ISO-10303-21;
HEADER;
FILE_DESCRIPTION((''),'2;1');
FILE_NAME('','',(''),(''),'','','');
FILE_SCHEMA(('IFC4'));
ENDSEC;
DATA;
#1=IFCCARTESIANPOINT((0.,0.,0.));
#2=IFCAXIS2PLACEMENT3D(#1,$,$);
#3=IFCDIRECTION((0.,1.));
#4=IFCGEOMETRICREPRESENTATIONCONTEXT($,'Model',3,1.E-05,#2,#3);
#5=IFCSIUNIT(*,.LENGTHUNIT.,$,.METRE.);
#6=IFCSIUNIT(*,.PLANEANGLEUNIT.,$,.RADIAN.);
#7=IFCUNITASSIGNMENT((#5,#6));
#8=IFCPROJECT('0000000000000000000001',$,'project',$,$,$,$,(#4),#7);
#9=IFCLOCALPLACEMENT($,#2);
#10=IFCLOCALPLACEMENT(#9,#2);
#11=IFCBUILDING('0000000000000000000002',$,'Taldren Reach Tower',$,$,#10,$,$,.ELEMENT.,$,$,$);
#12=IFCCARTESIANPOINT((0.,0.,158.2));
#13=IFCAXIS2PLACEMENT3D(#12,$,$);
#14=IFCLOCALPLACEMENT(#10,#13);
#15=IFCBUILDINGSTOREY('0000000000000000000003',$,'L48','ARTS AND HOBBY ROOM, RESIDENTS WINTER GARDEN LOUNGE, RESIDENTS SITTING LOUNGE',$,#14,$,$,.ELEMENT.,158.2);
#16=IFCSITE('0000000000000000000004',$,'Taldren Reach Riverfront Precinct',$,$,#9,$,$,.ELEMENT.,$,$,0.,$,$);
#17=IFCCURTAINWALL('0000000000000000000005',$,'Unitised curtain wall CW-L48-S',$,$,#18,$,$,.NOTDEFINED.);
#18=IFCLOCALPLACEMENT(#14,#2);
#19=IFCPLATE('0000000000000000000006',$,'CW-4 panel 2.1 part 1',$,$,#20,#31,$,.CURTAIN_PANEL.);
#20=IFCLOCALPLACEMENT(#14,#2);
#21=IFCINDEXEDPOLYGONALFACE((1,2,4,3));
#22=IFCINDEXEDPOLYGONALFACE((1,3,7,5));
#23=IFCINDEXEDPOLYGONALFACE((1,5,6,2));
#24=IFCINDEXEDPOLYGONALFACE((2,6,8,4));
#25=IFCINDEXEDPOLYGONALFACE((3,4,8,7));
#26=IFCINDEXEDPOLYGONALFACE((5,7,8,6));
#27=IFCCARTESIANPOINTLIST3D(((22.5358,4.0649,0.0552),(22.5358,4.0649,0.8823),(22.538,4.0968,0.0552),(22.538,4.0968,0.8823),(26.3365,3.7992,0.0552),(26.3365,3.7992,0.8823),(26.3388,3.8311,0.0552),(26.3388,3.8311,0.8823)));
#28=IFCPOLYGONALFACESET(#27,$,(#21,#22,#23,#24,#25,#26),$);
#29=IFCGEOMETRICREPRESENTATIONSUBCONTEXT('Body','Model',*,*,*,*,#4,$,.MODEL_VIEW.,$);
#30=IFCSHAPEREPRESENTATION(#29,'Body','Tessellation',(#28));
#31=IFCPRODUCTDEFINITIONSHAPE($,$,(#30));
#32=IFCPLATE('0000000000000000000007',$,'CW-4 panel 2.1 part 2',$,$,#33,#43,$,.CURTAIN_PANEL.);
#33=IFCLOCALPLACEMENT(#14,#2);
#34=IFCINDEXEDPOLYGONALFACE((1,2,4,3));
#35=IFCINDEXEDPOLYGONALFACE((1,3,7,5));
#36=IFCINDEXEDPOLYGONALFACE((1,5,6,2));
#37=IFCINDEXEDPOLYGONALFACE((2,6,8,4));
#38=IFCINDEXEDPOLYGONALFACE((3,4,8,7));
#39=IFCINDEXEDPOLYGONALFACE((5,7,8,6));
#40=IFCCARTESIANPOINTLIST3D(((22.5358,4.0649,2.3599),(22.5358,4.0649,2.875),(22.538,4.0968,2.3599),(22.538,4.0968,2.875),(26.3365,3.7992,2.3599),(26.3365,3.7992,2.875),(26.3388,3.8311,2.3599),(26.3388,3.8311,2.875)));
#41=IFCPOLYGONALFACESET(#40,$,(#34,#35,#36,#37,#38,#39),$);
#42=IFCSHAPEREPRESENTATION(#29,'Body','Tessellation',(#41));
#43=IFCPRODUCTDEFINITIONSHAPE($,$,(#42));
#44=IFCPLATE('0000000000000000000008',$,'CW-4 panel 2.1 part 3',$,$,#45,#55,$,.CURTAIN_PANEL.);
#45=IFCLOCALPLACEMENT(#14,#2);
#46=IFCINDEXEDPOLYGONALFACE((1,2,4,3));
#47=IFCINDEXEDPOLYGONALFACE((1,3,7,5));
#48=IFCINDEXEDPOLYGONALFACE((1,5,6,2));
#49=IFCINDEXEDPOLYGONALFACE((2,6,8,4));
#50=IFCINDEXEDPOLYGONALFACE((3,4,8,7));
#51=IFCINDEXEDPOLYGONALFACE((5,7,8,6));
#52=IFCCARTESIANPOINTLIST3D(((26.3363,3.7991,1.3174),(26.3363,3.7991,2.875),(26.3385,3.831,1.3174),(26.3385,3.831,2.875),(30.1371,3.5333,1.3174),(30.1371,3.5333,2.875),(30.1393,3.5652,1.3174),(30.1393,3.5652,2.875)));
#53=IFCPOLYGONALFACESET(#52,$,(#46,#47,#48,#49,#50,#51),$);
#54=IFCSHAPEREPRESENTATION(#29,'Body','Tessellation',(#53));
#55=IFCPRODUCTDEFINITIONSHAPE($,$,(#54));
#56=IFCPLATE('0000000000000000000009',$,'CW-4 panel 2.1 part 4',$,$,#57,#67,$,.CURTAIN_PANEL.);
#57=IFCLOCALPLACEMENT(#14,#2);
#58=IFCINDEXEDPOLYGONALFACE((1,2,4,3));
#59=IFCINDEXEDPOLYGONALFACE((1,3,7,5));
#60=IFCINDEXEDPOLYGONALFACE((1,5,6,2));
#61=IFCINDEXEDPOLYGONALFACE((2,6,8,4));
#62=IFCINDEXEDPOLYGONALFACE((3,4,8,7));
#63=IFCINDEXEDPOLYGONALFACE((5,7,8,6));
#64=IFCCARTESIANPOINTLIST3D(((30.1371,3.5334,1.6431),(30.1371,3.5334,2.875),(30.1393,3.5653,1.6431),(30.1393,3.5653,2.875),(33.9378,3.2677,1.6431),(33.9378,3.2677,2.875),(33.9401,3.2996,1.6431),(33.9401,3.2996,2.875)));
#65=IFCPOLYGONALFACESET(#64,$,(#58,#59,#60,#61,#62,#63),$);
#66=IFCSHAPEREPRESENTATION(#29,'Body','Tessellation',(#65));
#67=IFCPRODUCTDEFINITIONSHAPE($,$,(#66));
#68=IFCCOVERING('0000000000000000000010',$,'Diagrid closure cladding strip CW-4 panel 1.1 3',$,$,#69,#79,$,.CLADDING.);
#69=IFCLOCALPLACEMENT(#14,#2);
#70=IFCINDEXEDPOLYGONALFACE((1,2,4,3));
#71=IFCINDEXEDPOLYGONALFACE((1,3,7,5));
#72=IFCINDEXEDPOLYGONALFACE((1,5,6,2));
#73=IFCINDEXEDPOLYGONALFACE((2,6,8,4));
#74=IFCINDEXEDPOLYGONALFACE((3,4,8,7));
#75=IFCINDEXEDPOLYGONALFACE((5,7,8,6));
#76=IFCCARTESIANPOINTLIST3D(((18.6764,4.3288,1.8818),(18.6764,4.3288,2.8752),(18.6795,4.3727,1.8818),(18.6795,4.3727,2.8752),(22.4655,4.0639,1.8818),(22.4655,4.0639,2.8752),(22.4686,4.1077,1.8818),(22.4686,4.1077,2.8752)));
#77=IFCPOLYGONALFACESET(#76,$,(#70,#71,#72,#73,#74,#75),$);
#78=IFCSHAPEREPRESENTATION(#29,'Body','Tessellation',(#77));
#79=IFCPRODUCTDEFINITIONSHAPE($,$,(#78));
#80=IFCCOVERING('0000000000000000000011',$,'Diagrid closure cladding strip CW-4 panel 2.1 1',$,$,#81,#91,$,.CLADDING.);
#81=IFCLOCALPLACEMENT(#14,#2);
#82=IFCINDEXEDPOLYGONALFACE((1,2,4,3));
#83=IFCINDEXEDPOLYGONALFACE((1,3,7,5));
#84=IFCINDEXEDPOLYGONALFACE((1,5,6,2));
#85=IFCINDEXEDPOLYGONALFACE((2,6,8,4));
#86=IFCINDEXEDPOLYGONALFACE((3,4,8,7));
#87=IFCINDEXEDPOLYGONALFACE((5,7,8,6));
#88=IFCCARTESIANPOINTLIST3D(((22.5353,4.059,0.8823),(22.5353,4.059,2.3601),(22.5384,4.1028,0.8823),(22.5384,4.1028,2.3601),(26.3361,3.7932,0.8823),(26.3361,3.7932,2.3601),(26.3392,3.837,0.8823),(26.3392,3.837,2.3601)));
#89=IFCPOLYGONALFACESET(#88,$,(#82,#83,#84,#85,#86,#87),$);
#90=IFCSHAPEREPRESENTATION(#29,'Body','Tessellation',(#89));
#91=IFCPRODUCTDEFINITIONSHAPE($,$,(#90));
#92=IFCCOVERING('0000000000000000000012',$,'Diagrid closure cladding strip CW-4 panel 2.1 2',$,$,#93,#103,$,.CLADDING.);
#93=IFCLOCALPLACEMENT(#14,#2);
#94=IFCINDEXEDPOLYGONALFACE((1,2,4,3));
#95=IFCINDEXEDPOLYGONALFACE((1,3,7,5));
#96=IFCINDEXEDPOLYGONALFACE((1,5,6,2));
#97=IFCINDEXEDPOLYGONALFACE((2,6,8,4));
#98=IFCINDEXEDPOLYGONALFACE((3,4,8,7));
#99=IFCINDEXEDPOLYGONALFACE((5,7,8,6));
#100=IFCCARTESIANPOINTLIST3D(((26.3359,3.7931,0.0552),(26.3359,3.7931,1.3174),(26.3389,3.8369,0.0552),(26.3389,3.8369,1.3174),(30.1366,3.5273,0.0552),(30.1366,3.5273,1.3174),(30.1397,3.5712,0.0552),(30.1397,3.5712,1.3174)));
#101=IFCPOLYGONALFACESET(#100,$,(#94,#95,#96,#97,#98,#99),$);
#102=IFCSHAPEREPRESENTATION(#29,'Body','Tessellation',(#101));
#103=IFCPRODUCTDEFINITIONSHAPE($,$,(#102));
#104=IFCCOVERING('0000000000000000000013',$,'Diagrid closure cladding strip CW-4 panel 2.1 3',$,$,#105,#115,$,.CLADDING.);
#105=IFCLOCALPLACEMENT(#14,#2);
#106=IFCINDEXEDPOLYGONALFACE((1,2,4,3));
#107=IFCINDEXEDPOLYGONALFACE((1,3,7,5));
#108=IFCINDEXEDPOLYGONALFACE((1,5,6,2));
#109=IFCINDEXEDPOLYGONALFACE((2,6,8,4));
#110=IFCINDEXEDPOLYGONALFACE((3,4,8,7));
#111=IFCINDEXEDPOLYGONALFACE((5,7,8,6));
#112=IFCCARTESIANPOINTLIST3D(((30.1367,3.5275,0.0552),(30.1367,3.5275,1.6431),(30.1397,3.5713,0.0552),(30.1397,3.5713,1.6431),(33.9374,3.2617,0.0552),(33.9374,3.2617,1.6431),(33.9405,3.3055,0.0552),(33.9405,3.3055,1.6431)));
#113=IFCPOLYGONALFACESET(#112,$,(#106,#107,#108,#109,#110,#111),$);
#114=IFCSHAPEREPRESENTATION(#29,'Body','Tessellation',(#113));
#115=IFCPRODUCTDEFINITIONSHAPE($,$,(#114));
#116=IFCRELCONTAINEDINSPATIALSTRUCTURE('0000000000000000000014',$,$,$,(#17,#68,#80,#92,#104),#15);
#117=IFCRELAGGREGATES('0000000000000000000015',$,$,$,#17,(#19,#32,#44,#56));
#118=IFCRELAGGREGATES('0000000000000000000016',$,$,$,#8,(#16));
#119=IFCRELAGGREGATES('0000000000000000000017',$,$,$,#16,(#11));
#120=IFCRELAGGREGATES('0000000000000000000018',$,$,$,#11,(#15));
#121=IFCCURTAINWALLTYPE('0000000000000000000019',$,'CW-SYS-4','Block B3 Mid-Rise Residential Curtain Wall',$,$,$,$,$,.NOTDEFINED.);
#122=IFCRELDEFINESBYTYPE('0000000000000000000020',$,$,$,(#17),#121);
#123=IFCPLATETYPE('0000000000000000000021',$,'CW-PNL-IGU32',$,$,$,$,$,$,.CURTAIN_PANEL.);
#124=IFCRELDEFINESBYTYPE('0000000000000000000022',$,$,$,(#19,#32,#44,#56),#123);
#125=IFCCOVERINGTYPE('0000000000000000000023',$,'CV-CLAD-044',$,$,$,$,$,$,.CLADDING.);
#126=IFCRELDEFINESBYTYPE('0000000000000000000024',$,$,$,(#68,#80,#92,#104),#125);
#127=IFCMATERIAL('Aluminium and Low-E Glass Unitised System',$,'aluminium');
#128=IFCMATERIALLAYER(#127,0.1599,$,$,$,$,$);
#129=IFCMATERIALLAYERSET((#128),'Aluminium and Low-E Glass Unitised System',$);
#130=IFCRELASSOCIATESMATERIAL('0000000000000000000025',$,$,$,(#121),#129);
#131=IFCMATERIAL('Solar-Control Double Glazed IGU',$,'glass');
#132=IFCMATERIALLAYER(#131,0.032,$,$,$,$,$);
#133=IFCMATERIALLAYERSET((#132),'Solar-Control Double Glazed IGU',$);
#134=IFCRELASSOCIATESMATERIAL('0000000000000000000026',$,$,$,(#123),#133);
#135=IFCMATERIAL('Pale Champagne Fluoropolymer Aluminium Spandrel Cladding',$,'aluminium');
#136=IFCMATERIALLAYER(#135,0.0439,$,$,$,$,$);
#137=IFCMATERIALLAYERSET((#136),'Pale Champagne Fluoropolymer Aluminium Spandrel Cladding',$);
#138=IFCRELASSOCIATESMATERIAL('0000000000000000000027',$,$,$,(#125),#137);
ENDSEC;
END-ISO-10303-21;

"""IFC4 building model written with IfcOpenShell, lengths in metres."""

from ifc_helpers import new_model, si_unit, direction, frame, origin, origin_2d, place, context, subcontext, project, spatial, rectangle, extrude, source, transform, mapped, material, layer, layer_set, type_object, element, aggregate, save


model = new_model("IFC4")

# Units and contexts
model_context = context("Model", 3, precision=1e-05, world=origin(), true_north=direction((0.0, 1.0)))
body_context = subcontext(model_context, "Body", "Model", "MODEL_VIEW")
ifc_project = project(units=[si_unit("LENGTHUNIT", "METRE"), si_unit("PLANEANGLEUNIT", "RADIAN")], contexts=[model_context])

# Site, building, storey
site_placement = place(None, origin())
site = spatial("IfcSite", under=ifc_project, at=site_placement, Name="Taldren Reach Riverfront Precinct", CompositionType="ELEMENT", RefElevation=0.0)
building_placement = place(site_placement, origin())
building = spatial("IfcBuilding", under=site, at=building_placement, Name="Taldren Reach Tower", CompositionType="ELEMENT")
storey_placement = place(building_placement, frame((0.0, 0.0, 158.2)))
storey = spatial("IfcBuildingStorey", under=building, at=storey_placement, Name="L48", Description="ARTS AND HOBBY ROOM, RESIDENTS WINTER GARDEN LOUNGE, RESIDENTS SITTING LOUNGE", CompositionType="ELEMENT", Elevation=158.2)

# Curtain wall
ifc_material_1 = material(Name="Aluminium and Low-E Glass Unitised System", Category="aluminium")
ifc_layer_1 = layer(ifc_material_1, 0.1599)
ifc_layer_set_1 = layer_set([ifc_layer_1], Name="Aluminium and Low-E Glass Unitised System")
curtain_wall_type = type_object("IfcCurtainWallType", Name="CW-SYS-4", Description="Block B3 Mid-Rise Residential Curtain Wall", PredefinedType="NOTDEFINED", material=ifc_layer_set_1)
curtain_wall_placement = place(storey_placement, origin())
curtain_wall = element("IfcCurtainWall", 1, at=curtain_wall_placement, inside=storey, type_object=curtain_wall_type, Name="Unitised curtain wall CW-L48-S", PredefinedType="NOTDEFINED")

# Plates
ifc_material_2 = material(Name="Solar-Control Double Glazed IGU", Category="glass")
ifc_layer_2 = layer(ifc_material_2, 0.032)
ifc_layer_set_2 = layer_set([ifc_layer_2], Name="Solar-Control Double Glazed IGU")
plate_type_1 = type_object("IfcPlateType", Name="CW-PNL-IGU32", PredefinedType="CURTAIN_PANEL", material=ifc_layer_set_2)
shared_shape_1 = source(origin(), body_context, "Body", "SweptSolid", [
    extrude(rectangle(XDim=3.8101, YDim=0.032, at=origin_2d()), origin(), (0.0, 0.0, 1.0), 0.8271),
])
plate_1_placement = place(storey_placement, frame((24.4373, 3.948, 0.0552), z_axis=(0.0, 0.0, 1.0), x_axis=(0.997564, -0.069757, 0.0)))
plate_1 = element("IfcPlate", 2, at=plate_1_placement, type_object=plate_type_1, Name="CW-4 panel 2.1 part 1", PredefinedType="CURTAIN_PANEL", context=body_context, shape_type="MappedRepresentation", body=[
    mapped(shared_shape_1, transform((0.0, 0.0, 0.0), scale=1.0)),
])
shared_shape_2 = source(origin(), body_context, "Body", "SweptSolid", [
    extrude(rectangle(XDim=3.8101, YDim=0.032, at=origin_2d()), origin(), (0.0, 0.0, 1.0), 0.5151),
])
plate_2_placement = place(storey_placement, frame((24.4373, 3.948, 2.3599), z_axis=(0.0, 0.0, 1.0), x_axis=(0.997564, -0.069757, 0.0)))
plate_2 = element("IfcPlate", 3, at=plate_2_placement, type_object=plate_type_1, Name="CW-4 panel 2.1 part 2", PredefinedType="CURTAIN_PANEL", context=body_context, shape_type="MappedRepresentation", body=[
    mapped(shared_shape_2, transform((0.0, 0.0, 0.0), scale=1.0)),
])
shared_shape_3 = source(origin(), body_context, "Body", "SweptSolid", [
    extrude(rectangle(XDim=3.8101, YDim=0.032, at=origin_2d()), origin(), (0.0, 0.0, 1.0), 1.5576),
])
plate_3_placement = place(storey_placement, frame((28.2378, 3.6821, 1.3174), z_axis=(0.0, 0.0, 1.0), x_axis=(0.997564, -0.069757, 0.0)))
plate_3 = element("IfcPlate", 4, at=plate_3_placement, type_object=plate_type_1, Name="CW-4 panel 2.1 part 3", PredefinedType="CURTAIN_PANEL", context=body_context, shape_type="MappedRepresentation", body=[
    mapped(shared_shape_3, transform((0.0, 0.0, 0.0), scale=1.0)),
])
shared_shape_4 = source(origin(), body_context, "Body", "SweptSolid", [
    extrude(rectangle(XDim=3.8101, YDim=0.032, at=origin_2d()), origin(), (0.0, 0.0, 1.0), 1.2319),
])
plate_4_placement = place(storey_placement, frame((32.0386, 3.4165, 1.6431), z_axis=(0.0, 0.0, 1.0), x_axis=(0.997564, -0.069757, 0.0)))
plate_4 = element("IfcPlate", 5, at=plate_4_placement, type_object=plate_type_1, Name="CW-4 panel 2.1 part 4", PredefinedType="CURTAIN_PANEL", context=body_context, shape_type="MappedRepresentation", body=[
    mapped(shared_shape_4, transform((0.0, 0.0, 0.0), scale=1.0)),
])
aggregate(curtain_wall, [plate_1, plate_2, plate_3, plate_4])

# Coverings
ifc_material_3 = material(Name="Pale Champagne Fluoropolymer Aluminium Spandrel Cladding", Category="aluminium")
ifc_layer_3 = layer(ifc_material_3, 0.0439)
ifc_layer_set_3 = layer_set([ifc_layer_3], Name="Pale Champagne Fluoropolymer Aluminium Spandrel Cladding")
covering_type = type_object("IfcCoveringType", Name="CV-CLAD-044", PredefinedType="CLADDING", material=ifc_layer_set_3)
shared_shape_5 = source(origin(), body_context, "Body", "SweptSolid", [
    extrude(rectangle(XDim=3.7983, YDim=0.0439, at=origin_2d()), origin(), (0.0, 0.0, 1.0), 0.9934),
])
covering_1_placement = place(storey_placement, frame((20.5725, 4.2183, 1.8818), z_axis=(0.0, 0.0, 1.0), x_axis=(0.997564, -0.069757, 0.0)))
element("IfcCovering", 6, at=covering_1_placement, inside=storey, type_object=covering_type, Name="Diagrid closure cladding strip CW-4 panel 1.1 3", PredefinedType="CLADDING", context=body_context, shape_type="MappedRepresentation", body=[
    mapped(shared_shape_5, transform((0.0, 0.0, 0.0), scale=1.0)),
])
shared_shape_6 = source(origin(), body_context, "Body", "SweptSolid", [
    extrude(rectangle(XDim=3.8101, YDim=0.0439, at=origin_2d()), origin(), (0.0, 0.0, 1.0), 1.4778),
])
covering_2_placement = place(storey_placement, frame((24.4373, 3.948, 0.8823), z_axis=(0.0, 0.0, 1.0), x_axis=(0.997564, -0.069757, 0.0)))
element("IfcCovering", 7, at=covering_2_placement, inside=storey, type_object=covering_type, Name="Diagrid closure cladding strip CW-4 panel 2.1 1", PredefinedType="CLADDING", context=body_context, shape_type="MappedRepresentation", body=[
    mapped(shared_shape_6, transform((0.0, 0.0, 0.0), scale=1.0)),
])
shared_shape_7 = source(origin(), body_context, "Body", "SweptSolid", [
    extrude(rectangle(XDim=3.8101, YDim=0.0439, at=origin_2d()), origin(), (0.0, 0.0, 1.0), 1.2622),
])
covering_3_placement = place(storey_placement, frame((28.2378, 3.6821, 0.0552), z_axis=(0.0, 0.0, 1.0), x_axis=(0.997564, -0.069757, 0.0)))
element("IfcCovering", 8, at=covering_3_placement, inside=storey, type_object=covering_type, Name="Diagrid closure cladding strip CW-4 panel 2.1 2", PredefinedType="CLADDING", context=body_context, shape_type="MappedRepresentation", body=[
    mapped(shared_shape_7, transform((0.0, 0.0, 0.0), scale=1.0)),
])
shared_shape_8 = source(origin(), body_context, "Body", "SweptSolid", [
    extrude(rectangle(XDim=3.8101, YDim=0.0439, at=origin_2d()), origin(), (0.0, 0.0, 1.0), 1.5879),
])
covering_4_placement = place(storey_placement, frame((32.0386, 3.4165, 0.0552), z_axis=(0.0, 0.0, 1.0), x_axis=(0.997564, -0.069757, 0.0)))
element("IfcCovering", 9, at=covering_4_placement, inside=storey, type_object=covering_type, Name="Diagrid closure cladding strip CW-4 panel 2.1 3", PredefinedType="CLADDING", context=body_context, shape_type="MappedRepresentation", body=[
    mapped(shared_shape_8, transform((0.0, 0.0, 0.0), scale=1.0)),
])

save(model, "model.ifc")
